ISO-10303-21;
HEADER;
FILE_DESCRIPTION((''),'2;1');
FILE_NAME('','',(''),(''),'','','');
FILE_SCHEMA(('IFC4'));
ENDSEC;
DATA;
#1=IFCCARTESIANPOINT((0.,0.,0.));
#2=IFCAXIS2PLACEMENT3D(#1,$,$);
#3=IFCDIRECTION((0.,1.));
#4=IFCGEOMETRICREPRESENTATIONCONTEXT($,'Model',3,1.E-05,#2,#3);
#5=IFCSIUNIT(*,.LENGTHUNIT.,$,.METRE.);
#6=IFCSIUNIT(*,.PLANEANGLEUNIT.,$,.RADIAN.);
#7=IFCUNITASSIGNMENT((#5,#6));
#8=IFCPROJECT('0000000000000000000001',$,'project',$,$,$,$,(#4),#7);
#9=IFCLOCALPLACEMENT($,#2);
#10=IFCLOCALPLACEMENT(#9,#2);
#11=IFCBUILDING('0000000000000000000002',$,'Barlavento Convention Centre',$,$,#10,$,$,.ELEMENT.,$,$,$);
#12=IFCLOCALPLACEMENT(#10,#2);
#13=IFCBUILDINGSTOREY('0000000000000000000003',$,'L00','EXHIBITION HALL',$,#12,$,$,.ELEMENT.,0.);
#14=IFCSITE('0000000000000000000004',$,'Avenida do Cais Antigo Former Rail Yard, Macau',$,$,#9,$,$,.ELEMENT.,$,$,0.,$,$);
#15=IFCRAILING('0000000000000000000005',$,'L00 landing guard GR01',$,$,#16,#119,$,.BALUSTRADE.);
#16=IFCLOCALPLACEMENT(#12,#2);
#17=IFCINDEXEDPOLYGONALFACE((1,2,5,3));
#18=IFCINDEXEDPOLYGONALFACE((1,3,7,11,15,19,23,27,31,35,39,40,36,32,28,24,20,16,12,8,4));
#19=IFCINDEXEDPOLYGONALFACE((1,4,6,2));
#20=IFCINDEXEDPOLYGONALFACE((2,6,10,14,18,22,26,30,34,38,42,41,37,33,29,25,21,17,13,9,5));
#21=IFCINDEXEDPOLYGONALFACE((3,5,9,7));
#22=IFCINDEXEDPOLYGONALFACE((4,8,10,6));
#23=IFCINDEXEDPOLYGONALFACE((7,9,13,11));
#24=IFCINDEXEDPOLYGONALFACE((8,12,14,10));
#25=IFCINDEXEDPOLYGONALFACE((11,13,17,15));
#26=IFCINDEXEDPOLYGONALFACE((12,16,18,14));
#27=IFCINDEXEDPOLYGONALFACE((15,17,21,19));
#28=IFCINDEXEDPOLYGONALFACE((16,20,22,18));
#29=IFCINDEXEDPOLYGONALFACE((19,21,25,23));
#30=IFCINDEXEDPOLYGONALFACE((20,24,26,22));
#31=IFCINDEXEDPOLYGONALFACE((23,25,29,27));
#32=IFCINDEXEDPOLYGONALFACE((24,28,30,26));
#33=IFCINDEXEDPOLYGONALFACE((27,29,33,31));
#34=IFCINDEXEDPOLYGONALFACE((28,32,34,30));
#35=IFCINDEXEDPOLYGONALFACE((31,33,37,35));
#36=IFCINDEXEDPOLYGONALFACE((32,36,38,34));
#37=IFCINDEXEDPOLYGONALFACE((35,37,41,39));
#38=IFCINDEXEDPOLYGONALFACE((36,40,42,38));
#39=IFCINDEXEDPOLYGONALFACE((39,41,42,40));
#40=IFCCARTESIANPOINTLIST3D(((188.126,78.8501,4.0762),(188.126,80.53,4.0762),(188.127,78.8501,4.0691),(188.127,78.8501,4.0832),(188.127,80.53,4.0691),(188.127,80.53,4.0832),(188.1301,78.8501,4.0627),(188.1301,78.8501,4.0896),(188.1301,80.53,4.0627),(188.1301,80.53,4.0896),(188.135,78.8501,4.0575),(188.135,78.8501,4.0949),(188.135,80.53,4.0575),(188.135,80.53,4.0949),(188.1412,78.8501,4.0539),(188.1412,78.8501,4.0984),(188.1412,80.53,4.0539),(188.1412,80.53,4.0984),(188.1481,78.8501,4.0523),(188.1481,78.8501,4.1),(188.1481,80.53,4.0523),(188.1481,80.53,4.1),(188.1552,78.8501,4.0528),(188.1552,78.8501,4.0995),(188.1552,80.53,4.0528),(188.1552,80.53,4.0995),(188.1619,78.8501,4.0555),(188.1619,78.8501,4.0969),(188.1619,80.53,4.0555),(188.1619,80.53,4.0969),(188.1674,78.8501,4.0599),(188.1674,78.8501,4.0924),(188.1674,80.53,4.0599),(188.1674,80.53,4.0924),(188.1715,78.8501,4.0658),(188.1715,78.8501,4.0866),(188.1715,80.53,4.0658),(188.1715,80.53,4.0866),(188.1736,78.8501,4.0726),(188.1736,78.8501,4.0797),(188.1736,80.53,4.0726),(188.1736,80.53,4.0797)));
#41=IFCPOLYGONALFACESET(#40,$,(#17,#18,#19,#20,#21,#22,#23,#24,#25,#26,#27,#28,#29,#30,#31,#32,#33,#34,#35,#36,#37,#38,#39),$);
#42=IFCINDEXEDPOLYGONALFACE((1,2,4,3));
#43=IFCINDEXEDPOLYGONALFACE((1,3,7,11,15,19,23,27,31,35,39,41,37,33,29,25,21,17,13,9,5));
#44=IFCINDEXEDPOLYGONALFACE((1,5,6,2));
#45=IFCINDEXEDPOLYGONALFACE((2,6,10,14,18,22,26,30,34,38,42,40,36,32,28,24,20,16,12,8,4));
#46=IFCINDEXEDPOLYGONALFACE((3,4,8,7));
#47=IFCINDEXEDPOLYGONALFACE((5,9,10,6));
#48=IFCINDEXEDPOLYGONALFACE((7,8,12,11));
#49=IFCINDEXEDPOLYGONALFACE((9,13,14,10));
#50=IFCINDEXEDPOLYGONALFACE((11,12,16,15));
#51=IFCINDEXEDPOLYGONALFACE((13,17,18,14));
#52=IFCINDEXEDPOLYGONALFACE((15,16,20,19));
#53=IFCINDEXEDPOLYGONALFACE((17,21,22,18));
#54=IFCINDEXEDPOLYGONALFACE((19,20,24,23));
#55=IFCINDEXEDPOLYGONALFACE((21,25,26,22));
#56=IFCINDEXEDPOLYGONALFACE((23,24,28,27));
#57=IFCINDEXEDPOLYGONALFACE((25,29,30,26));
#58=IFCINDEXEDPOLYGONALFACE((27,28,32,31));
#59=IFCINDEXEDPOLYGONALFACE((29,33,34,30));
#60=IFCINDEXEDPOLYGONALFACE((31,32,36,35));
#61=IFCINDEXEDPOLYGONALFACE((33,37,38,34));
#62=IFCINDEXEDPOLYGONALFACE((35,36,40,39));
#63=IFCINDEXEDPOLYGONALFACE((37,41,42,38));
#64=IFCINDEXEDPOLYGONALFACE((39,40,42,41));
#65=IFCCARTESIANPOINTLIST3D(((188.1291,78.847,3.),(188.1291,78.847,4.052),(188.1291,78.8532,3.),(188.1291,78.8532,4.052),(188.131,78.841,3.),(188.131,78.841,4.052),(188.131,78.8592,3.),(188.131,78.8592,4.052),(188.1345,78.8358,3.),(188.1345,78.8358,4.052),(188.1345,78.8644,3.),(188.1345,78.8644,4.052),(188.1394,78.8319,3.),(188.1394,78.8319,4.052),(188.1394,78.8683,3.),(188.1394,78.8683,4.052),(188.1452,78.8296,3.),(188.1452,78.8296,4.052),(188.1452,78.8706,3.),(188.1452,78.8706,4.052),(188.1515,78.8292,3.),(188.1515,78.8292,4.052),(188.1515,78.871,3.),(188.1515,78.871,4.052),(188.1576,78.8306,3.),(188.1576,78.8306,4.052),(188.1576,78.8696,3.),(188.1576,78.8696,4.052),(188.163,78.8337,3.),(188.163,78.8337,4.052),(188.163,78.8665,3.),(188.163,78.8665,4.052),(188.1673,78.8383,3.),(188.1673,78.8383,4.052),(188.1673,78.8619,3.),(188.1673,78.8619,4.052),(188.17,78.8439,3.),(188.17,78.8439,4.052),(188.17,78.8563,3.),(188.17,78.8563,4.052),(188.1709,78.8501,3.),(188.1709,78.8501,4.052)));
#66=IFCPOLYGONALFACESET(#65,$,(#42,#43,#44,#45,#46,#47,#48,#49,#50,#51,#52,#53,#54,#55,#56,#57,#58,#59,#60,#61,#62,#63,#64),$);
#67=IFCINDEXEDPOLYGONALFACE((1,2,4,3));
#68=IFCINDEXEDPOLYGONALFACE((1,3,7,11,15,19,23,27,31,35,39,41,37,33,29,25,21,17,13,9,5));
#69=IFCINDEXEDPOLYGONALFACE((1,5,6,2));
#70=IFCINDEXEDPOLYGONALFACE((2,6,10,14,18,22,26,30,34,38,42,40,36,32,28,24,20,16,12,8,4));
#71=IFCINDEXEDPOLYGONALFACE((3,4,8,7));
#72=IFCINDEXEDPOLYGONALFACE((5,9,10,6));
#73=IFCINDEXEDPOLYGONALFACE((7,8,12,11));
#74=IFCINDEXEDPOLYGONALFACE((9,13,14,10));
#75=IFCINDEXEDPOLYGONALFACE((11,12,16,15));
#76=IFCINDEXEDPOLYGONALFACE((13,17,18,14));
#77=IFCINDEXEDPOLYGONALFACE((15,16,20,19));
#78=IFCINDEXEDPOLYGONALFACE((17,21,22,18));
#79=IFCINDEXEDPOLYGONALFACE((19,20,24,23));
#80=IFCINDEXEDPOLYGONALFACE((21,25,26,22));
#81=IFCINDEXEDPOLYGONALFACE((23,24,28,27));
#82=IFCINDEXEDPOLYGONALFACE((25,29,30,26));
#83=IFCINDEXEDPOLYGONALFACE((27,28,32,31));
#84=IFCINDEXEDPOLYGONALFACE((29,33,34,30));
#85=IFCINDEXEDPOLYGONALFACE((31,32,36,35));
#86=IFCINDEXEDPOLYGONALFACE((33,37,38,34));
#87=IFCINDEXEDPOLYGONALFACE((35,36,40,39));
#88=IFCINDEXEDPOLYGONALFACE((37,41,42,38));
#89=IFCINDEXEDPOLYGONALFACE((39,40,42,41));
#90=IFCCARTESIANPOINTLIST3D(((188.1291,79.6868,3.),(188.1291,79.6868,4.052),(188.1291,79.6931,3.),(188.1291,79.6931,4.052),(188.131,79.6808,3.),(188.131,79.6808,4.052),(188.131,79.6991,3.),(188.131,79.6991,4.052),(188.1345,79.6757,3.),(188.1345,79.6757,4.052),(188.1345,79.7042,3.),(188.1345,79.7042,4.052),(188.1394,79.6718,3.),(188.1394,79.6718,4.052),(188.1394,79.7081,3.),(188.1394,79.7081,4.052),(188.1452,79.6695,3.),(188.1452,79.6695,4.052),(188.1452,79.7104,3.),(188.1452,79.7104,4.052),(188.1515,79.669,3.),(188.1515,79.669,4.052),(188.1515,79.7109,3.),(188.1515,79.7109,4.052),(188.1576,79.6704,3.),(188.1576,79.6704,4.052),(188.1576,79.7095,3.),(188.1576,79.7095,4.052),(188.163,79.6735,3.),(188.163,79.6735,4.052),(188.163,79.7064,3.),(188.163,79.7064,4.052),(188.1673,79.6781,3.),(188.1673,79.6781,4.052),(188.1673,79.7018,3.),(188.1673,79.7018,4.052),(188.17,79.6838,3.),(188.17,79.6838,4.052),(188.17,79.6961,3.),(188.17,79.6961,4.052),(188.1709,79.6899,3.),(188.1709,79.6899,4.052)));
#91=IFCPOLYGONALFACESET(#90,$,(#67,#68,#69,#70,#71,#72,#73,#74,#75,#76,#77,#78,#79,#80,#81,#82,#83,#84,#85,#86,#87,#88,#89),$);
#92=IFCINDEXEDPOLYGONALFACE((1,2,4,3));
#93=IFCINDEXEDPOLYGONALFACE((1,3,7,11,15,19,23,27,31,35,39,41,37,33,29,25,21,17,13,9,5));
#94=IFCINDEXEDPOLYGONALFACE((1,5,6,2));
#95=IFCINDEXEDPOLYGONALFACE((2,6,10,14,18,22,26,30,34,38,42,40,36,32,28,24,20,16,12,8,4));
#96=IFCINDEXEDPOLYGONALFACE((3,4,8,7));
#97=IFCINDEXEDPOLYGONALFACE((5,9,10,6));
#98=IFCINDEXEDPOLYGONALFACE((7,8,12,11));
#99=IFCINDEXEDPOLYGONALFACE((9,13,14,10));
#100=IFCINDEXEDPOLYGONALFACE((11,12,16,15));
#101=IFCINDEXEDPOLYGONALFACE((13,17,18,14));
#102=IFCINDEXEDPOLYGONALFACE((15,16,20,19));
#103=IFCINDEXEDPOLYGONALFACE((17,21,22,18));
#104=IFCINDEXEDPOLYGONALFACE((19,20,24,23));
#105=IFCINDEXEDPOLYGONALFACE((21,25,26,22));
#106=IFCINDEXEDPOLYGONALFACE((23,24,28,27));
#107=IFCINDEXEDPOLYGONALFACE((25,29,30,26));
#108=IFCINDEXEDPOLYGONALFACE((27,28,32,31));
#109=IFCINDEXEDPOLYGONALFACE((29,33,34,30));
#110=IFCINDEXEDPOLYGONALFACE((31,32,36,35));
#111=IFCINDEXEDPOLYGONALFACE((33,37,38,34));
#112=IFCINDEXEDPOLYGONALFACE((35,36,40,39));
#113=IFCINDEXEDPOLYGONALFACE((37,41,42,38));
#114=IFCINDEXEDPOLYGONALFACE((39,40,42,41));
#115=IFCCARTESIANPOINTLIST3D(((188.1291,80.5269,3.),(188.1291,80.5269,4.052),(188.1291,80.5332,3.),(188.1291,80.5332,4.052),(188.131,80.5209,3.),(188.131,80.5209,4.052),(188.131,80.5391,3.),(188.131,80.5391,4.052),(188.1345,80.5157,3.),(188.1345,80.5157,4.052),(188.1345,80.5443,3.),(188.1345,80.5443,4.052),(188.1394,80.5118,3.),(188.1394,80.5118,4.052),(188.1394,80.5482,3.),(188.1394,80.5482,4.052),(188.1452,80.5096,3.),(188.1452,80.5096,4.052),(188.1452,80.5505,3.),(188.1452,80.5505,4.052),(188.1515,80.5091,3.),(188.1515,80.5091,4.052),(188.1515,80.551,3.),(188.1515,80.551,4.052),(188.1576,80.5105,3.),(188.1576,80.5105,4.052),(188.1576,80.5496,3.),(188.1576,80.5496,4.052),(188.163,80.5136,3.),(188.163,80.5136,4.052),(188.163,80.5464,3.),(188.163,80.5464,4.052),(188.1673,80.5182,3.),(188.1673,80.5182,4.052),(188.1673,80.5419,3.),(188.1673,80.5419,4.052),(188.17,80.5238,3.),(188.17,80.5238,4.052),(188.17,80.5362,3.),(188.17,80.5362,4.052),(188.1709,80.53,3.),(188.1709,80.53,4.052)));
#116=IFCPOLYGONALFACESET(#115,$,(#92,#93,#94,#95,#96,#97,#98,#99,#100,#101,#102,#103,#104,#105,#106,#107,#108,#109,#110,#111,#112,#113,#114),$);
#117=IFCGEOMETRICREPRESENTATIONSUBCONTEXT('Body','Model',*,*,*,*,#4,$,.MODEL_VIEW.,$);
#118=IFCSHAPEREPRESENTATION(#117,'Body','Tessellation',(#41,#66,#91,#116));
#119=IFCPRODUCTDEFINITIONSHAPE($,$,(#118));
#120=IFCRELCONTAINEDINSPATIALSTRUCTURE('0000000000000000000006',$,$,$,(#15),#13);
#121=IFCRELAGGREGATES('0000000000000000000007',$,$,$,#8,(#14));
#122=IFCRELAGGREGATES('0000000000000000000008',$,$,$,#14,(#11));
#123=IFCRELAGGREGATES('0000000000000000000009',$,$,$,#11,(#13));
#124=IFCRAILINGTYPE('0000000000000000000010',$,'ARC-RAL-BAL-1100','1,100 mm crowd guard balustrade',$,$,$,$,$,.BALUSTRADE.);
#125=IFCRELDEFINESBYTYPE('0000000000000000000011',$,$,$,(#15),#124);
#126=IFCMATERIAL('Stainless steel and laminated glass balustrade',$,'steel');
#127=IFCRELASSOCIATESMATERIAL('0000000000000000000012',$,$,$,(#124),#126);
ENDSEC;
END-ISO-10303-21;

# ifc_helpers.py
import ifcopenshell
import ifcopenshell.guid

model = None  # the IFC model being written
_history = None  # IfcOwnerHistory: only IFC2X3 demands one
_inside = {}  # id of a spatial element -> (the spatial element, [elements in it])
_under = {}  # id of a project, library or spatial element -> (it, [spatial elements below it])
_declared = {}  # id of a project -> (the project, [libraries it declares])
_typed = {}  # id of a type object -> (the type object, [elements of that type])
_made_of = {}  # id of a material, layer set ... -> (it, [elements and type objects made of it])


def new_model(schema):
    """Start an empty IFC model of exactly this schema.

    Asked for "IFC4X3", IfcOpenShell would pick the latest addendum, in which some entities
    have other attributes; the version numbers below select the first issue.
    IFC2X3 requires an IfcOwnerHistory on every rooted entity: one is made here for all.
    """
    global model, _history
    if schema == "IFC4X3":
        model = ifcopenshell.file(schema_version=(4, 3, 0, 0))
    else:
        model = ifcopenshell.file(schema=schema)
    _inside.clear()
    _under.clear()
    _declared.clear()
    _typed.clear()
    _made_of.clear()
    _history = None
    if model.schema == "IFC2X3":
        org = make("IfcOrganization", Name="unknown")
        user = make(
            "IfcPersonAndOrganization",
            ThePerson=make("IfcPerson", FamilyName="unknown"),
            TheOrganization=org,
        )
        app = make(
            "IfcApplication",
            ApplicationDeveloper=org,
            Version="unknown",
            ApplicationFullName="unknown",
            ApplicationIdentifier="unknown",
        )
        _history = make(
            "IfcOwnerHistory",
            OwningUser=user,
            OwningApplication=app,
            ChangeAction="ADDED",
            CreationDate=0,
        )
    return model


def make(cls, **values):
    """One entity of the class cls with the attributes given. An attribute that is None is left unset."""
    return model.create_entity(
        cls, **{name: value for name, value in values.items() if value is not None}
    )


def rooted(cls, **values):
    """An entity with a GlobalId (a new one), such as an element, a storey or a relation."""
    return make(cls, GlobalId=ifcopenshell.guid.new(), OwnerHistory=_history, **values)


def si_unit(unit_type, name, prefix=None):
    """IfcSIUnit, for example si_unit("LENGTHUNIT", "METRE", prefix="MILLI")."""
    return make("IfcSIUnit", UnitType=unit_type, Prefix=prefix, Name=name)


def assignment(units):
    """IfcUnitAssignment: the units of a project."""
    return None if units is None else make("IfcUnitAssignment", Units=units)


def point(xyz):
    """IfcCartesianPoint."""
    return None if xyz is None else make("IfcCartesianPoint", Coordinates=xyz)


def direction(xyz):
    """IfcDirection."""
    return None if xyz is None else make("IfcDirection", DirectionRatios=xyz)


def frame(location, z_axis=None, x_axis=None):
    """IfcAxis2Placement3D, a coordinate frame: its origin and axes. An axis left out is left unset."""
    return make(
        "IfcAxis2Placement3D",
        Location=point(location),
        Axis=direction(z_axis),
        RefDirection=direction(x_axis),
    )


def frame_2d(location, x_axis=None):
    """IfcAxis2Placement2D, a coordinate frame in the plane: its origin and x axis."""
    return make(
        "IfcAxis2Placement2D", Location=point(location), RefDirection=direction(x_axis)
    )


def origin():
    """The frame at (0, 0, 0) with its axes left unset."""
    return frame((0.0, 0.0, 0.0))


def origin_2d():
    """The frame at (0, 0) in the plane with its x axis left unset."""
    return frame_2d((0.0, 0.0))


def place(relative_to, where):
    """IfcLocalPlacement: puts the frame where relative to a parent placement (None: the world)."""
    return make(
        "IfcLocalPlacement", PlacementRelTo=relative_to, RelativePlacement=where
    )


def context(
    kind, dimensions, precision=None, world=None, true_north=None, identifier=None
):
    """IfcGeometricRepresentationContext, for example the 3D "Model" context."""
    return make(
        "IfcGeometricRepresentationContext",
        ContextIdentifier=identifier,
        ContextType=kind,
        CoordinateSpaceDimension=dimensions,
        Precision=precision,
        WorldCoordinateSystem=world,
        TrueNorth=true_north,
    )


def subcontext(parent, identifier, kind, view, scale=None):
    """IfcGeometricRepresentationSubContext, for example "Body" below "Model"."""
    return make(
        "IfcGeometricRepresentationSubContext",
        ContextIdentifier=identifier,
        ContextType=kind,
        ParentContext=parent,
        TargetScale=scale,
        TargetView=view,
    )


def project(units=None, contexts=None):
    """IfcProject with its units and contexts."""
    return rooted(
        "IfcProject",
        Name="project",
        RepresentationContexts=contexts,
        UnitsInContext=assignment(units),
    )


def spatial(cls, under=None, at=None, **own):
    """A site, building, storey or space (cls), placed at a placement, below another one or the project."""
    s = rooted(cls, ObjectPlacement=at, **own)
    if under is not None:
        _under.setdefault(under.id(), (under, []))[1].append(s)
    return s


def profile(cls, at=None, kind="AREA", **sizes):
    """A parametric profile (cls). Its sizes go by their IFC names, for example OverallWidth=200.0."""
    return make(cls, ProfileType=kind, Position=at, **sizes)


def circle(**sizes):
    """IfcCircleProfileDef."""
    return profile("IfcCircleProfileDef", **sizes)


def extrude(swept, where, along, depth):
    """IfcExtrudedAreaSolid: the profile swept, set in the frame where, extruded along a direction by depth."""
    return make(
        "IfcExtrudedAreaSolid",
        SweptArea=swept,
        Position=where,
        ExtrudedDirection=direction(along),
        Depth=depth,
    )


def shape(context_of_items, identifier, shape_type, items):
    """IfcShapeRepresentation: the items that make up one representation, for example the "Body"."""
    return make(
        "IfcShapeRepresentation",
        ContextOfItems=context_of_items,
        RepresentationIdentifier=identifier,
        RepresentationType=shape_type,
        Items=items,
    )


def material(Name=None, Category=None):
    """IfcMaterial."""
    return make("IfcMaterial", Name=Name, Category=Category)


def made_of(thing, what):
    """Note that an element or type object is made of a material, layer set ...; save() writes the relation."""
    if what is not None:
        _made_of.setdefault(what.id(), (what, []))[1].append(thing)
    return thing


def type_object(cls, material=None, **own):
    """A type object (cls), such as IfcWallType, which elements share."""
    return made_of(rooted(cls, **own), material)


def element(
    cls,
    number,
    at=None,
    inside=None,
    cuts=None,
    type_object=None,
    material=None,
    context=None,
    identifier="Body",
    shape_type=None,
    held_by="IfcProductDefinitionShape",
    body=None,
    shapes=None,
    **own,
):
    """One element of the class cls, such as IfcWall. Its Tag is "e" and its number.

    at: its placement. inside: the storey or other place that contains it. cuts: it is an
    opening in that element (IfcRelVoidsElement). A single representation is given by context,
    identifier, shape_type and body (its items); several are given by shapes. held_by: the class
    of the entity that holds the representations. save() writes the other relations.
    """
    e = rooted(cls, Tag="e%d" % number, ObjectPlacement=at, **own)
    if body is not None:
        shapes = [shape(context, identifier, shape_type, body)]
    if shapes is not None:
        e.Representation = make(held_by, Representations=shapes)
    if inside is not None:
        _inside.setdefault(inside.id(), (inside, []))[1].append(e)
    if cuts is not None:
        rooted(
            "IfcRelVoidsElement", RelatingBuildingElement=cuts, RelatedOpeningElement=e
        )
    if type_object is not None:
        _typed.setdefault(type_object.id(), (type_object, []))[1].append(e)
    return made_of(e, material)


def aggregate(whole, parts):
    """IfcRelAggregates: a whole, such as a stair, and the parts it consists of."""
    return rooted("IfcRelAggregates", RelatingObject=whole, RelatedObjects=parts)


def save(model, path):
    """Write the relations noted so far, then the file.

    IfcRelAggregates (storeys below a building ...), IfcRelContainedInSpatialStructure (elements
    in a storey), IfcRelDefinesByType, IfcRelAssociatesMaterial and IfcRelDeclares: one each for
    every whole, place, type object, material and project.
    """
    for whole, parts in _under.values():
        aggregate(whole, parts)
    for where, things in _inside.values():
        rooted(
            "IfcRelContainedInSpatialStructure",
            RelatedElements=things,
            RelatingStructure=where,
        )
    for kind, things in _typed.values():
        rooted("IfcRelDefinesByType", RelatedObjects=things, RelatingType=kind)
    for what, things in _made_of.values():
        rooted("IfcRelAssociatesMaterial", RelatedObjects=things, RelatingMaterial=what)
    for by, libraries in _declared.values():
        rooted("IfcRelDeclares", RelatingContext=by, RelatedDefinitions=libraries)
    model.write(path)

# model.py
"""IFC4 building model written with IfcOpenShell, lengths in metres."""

from ifc_helpers import new_model, si_unit, direction, frame, origin, origin_2d, place, context, subcontext, project, spatial, circle, extrude, material, type_object, element, save


model = new_model("IFC4")

# Units and contexts
model_context = context("Model", 3, precision=1e-05, world=origin(), true_north=direction((0.0, 1.0)))
body_context = subcontext(model_context, "Body", "Model", "MODEL_VIEW")
ifc_project = project(units=[si_unit("LENGTHUNIT", "METRE"), si_unit("PLANEANGLEUNIT", "RADIAN")], contexts=[model_context])

# Site, building, storey
site_placement = place(None, origin())
site = spatial("IfcSite", under=ifc_project, at=site_placement, Name="Avenida do Cais Antigo Former Rail Yard, Macau", CompositionType="ELEMENT", RefElevation=0.0)
building_placement = place(site_placement, origin())
building = spatial("IfcBuilding", under=site, at=building_placement, Name="Barlavento Convention Centre", CompositionType="ELEMENT")
storey_placement = place(building_placement, origin())
storey = spatial("IfcBuildingStorey", under=building, at=storey_placement, Name="L00", Description="EXHIBITION HALL", CompositionType="ELEMENT", Elevation=0.0)

# Railing
ifc_material_1 = material(Name="Stainless steel and laminated glass balustrade", Category="steel")
railing_type = type_object("IfcRailingType", Name="ARC-RAL-BAL-1100", Description="1,100 mm crowd guard balustrade", PredefinedType="BALUSTRADE", material=ifc_material_1)
railing_1_placement = place(storey_placement, frame((188.1499, 78.8501, 3.0)))
element("IfcRailing", 1, at=railing_1_placement, inside=storey, type_object=railing_type, Name="L00 landing guard GR01", PredefinedType="BALUSTRADE", context=body_context, shape_type="SweptSolid", body=[
    extrude(circle(Radius=0.0239, at=origin_2d()), frame((0.0, 0.0, 1.0762), z_axis=(0.0, 1.0, 0.0), x_axis=(-1.0, 0.0, 0.0)), (0.0, 0.0, 1.0), 1.6799),
    extrude(circle(Radius=0.021, at=origin_2d()), origin(), (0.0, 0.0, 1.0), 1.052),
    extrude(circle(Radius=0.021, at=origin_2d()), frame((0.0, 0.8398, 0.0)), (0.0, 0.0, 1.0), 1.052),
    extrude(circle(Radius=0.021, at=origin_2d()), frame((0.0, 1.6799, 0.0)), (0.0, 0.0, 1.0), 1.052),
])

save(model, "model.ifc")
